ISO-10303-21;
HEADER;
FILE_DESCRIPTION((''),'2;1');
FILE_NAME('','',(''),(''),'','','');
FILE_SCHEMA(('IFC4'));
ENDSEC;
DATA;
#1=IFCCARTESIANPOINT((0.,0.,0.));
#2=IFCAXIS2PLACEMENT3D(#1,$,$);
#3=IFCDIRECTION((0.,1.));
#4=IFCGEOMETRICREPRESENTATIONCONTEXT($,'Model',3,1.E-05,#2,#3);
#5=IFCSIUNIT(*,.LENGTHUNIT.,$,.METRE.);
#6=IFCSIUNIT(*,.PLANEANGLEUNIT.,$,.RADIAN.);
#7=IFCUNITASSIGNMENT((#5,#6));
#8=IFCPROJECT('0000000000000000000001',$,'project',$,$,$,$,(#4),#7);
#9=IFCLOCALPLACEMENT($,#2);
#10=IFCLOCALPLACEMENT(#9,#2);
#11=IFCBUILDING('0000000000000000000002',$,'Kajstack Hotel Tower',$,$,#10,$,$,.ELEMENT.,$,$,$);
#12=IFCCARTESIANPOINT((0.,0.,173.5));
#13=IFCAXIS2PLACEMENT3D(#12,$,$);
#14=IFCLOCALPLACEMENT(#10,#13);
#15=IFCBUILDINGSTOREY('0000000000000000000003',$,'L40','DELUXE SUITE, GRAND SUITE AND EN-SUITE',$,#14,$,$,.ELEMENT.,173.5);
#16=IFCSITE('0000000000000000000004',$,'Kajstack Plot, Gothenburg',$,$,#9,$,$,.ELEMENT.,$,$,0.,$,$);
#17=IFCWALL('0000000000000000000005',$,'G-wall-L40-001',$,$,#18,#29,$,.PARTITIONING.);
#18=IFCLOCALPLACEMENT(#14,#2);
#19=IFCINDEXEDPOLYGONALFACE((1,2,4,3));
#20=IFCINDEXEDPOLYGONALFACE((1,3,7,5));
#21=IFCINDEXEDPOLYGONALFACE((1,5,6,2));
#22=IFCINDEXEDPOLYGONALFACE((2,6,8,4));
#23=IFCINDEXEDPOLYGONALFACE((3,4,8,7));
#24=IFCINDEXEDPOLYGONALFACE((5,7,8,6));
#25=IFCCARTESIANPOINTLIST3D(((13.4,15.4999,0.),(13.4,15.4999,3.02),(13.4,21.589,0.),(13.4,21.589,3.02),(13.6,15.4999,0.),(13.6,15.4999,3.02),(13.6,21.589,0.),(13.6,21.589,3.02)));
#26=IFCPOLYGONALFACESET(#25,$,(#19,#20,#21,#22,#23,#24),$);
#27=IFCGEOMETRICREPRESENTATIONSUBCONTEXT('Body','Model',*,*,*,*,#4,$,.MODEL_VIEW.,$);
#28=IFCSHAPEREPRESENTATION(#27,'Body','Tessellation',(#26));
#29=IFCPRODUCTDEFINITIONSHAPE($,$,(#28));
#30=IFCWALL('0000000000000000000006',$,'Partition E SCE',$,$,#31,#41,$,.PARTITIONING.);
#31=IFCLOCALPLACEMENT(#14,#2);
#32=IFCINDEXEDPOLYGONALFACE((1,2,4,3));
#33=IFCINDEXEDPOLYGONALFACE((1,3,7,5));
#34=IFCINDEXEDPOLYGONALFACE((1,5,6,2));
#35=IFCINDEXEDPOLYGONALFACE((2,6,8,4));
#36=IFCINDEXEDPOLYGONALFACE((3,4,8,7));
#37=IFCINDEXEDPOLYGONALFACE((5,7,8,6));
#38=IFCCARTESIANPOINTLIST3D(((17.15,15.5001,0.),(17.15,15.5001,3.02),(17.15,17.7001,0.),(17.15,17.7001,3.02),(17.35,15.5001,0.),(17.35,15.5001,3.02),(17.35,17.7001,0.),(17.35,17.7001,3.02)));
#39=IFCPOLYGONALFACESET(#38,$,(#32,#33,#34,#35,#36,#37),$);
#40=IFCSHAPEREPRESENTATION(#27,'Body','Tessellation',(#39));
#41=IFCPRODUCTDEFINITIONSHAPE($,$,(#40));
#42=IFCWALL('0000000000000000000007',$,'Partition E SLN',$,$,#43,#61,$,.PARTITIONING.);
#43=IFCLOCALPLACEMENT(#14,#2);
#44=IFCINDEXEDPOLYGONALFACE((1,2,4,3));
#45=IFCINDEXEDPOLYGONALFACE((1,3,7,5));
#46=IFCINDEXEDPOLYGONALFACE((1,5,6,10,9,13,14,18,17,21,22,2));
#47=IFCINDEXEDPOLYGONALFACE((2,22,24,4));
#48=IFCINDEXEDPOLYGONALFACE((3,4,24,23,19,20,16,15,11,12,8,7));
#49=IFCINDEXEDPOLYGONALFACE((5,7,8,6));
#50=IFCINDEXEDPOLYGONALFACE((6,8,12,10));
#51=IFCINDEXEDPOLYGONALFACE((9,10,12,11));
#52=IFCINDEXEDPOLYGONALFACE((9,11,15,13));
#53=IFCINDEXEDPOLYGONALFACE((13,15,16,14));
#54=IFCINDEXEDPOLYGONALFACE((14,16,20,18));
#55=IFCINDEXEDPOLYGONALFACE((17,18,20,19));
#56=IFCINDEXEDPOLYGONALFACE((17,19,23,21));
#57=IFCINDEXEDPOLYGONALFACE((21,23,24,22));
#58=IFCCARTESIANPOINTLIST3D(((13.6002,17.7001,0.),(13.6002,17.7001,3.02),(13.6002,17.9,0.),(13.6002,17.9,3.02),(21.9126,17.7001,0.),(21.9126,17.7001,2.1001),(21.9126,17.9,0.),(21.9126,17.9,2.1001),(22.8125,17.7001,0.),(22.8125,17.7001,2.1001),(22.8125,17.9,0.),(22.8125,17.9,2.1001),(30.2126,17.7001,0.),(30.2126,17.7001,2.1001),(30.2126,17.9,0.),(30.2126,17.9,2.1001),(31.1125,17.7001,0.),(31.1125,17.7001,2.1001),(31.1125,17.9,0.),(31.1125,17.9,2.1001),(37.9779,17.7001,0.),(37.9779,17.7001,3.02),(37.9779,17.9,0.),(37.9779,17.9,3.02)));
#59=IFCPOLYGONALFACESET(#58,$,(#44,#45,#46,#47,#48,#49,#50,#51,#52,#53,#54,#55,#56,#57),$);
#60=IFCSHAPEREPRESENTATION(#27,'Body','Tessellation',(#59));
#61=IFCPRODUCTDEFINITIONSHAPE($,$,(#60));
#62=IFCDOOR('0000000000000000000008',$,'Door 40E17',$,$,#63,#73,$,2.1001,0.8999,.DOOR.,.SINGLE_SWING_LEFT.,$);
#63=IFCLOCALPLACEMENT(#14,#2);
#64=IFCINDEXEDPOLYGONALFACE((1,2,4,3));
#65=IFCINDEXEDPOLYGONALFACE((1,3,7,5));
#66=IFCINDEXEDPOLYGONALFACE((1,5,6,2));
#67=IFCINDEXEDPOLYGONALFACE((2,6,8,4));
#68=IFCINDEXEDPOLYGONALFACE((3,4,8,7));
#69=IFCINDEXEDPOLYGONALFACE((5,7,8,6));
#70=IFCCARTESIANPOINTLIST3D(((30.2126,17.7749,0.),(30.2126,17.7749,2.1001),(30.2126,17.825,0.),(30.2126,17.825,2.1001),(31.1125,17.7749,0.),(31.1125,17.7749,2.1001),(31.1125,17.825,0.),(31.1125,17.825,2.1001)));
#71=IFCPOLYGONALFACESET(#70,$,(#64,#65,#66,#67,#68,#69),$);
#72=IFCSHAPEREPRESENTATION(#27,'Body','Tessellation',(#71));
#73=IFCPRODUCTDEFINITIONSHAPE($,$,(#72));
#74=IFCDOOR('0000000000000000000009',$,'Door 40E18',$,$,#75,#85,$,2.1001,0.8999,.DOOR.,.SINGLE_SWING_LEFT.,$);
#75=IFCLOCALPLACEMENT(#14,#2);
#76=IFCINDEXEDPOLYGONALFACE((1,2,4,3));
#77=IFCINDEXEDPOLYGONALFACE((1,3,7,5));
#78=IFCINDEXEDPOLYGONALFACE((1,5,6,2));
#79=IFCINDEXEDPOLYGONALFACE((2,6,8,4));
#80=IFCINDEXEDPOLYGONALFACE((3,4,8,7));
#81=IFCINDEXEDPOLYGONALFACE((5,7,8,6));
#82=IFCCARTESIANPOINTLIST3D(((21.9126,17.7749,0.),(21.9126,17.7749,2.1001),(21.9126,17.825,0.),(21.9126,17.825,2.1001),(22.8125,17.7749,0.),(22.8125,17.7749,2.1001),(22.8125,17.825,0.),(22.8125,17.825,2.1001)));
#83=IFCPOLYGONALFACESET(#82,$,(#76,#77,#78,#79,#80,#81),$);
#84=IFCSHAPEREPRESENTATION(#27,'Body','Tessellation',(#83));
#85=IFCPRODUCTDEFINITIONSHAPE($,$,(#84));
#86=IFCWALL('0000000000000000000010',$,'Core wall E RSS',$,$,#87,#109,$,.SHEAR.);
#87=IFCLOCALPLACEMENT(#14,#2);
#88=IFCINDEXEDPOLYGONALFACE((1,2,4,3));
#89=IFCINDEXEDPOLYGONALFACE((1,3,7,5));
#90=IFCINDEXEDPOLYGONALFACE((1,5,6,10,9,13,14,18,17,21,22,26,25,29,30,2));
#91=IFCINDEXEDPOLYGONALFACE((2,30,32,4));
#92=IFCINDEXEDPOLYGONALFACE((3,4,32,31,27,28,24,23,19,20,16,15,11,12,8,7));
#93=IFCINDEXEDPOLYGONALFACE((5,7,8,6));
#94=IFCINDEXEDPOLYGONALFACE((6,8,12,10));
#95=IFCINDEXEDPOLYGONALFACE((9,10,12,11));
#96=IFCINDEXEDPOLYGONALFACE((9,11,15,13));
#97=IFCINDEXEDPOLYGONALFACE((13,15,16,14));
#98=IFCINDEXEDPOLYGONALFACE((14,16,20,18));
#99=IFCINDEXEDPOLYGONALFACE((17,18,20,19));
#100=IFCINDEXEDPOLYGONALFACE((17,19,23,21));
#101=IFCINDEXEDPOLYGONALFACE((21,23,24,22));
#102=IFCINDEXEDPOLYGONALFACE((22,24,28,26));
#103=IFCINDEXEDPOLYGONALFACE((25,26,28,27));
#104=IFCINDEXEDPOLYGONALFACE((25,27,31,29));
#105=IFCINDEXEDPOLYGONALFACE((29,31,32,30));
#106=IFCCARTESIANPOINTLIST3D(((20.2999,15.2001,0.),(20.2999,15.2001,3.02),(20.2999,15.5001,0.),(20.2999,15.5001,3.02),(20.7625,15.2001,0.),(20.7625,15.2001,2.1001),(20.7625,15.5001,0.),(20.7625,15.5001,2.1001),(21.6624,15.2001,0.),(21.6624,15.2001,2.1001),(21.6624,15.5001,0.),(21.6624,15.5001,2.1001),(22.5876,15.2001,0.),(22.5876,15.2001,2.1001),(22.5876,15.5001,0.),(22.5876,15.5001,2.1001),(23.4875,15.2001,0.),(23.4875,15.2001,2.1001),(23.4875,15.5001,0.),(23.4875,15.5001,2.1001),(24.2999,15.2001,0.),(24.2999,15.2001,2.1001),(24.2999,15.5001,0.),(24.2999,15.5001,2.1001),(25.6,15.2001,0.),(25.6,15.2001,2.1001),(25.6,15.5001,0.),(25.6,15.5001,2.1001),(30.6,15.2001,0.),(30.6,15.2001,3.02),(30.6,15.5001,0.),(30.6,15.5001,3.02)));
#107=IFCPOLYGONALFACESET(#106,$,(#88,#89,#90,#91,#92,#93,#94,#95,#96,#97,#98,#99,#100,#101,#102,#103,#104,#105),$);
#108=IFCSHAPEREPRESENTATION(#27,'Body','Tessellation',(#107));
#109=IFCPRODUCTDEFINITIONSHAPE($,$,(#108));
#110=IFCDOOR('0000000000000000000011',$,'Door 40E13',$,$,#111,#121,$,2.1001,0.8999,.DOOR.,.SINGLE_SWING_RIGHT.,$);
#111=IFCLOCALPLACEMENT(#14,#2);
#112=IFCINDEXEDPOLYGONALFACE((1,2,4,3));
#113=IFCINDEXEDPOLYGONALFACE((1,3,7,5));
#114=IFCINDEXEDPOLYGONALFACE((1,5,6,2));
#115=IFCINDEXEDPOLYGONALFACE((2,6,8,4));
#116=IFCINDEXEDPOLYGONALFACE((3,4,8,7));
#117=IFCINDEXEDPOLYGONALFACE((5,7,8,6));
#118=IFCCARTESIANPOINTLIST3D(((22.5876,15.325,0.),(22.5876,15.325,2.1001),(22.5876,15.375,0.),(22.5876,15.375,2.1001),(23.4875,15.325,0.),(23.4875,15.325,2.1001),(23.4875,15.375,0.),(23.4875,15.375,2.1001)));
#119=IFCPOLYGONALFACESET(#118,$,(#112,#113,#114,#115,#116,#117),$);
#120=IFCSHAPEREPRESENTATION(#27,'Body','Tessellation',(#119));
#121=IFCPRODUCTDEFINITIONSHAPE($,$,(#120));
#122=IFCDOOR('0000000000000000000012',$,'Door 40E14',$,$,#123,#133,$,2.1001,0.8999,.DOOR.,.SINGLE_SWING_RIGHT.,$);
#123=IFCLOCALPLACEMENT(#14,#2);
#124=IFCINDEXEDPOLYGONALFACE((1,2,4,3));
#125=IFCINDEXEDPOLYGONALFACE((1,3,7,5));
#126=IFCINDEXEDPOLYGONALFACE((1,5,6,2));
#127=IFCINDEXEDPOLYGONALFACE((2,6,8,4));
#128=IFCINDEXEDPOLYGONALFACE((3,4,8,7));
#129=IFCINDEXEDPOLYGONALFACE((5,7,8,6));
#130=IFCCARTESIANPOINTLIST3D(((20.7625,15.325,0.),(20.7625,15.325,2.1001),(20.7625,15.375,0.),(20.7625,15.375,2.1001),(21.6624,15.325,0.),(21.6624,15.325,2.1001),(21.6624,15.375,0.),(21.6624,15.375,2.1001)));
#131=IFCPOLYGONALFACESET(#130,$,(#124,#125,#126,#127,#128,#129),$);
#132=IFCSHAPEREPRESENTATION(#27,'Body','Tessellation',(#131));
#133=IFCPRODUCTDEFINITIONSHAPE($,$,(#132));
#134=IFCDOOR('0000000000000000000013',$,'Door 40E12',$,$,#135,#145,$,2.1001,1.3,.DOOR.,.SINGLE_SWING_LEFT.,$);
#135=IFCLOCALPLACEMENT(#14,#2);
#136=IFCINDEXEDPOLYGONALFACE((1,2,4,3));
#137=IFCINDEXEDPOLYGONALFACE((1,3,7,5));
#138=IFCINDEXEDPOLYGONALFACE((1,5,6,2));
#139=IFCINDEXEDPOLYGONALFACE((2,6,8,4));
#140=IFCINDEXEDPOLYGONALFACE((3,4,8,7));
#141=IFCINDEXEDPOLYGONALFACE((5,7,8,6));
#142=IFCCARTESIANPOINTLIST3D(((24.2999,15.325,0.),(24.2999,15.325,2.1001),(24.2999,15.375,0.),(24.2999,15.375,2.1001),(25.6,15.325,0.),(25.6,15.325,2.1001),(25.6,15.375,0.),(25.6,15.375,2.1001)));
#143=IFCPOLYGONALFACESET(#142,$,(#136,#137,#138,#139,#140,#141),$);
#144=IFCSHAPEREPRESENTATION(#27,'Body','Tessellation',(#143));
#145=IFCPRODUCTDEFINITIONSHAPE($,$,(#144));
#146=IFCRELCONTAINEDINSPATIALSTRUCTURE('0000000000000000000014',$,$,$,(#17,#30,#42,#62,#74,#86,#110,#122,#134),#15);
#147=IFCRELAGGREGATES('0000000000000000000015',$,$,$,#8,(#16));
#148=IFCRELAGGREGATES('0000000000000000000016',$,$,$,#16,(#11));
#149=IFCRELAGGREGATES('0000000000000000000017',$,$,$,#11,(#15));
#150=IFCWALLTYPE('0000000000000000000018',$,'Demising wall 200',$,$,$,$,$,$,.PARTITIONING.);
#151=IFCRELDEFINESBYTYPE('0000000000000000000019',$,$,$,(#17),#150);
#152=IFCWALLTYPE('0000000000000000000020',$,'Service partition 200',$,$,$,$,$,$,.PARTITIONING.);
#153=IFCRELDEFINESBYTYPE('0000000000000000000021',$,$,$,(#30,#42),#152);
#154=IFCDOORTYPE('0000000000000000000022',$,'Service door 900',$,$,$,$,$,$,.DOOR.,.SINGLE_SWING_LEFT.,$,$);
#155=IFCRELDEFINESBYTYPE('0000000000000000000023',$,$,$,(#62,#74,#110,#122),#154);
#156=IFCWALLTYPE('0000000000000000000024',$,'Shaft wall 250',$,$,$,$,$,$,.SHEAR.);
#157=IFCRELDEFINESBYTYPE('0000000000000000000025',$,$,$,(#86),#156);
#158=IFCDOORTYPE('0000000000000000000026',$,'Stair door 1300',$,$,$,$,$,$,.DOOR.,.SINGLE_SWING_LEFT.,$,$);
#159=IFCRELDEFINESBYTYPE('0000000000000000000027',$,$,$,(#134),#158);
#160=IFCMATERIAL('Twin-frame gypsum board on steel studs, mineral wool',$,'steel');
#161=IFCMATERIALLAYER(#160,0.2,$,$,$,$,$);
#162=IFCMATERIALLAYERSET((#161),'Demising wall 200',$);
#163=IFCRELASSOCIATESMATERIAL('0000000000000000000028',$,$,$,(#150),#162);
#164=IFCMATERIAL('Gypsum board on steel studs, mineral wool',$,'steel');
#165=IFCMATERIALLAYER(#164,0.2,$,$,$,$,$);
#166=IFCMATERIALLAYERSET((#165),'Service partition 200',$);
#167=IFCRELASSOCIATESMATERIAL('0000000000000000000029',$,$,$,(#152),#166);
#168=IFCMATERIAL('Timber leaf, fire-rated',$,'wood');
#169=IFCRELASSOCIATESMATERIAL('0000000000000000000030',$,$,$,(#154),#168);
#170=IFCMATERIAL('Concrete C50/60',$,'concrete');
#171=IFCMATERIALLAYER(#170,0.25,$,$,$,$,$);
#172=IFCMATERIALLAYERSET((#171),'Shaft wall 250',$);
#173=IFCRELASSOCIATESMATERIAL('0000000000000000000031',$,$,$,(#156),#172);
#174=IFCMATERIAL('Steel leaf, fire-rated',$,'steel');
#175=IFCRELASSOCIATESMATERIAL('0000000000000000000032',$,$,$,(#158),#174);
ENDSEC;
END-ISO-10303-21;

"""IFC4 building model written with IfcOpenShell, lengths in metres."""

from ifc_helpers import new_model, si_unit, direction, frame, frame_2d, origin, place, context, subcontext, project, spatial, rectangle, extrude, material, layer, layer_set, type_object, element, fill, save


model = new_model("IFC4")

# Units and contexts
model_context = context("Model", 3, precision=1e-05, world=origin(), true_north=direction((0.0, 1.0)))
body_context = subcontext(model_context, "Body", "Model", "MODEL_VIEW")
ifc_project = project(units=[si_unit("LENGTHUNIT", "METRE"), si_unit("PLANEANGLEUNIT", "RADIAN")], contexts=[model_context])

# Site, building, storey
site_placement = place(None, origin())
site = spatial("IfcSite", under=ifc_project, at=site_placement, Name="Kajstack Plot, Gothenburg", CompositionType="ELEMENT", RefElevation=0.0)
building_placement = place(site_placement, origin())
building = spatial("IfcBuilding", under=site, at=building_placement, Name="Kajstack Hotel Tower", CompositionType="ELEMENT")
storey_placement = place(building_placement, frame((0.0, 0.0, 173.5)))
storey = spatial("IfcBuildingStorey", under=building, at=storey_placement, Name="L40", Description="DELUXE SUITE, GRAND SUITE AND EN-SUITE", CompositionType="ELEMENT", Elevation=173.5)

# Wall
ifc_material_1 = material(Name="Twin-frame gypsum board on steel studs, mineral wool", Category="steel")
ifc_layer_1 = layer(ifc_material_1, 0.2)
ifc_layer_set_1 = layer_set([ifc_layer_1], Name="Demising wall 200")
wall_type_1 = type_object("IfcWallType", Name="Demising wall 200", PredefinedType="PARTITIONING", material=ifc_layer_set_1)
wall_1_placement = place(storey_placement, frame((13.5, 15.5, 0.0), z_axis=(0.0, 0.0, 1.0), x_axis=(0.0, 1.0, 0.0)))
element("IfcWall", 1, at=wall_1_placement, inside=storey, type_object=wall_type_1, Name="G-wall-L40-001", PredefinedType="PARTITIONING", context=body_context, shape_type="SweptSolid", body=[
    extrude(rectangle(XDim=6.0891, YDim=0.2, at=frame_2d((3.0444, 0.0))), origin(), (0.0, 0.0, 1.0), 3.02),
])

# Wall
ifc_material_2 = material(Name="Gypsum board on steel studs, mineral wool", Category="steel")
ifc_layer_2 = layer(ifc_material_2, 0.2)
ifc_layer_set_2 = layer_set([ifc_layer_2], Name="Service partition 200")
wall_type_2 = type_object("IfcWallType", Name="Service partition 200", PredefinedType="PARTITIONING", material=ifc_layer_set_2)
wall_2_placement = place(storey_placement, frame((17.25, 15.5, 0.0), z_axis=(0.0, 0.0, 1.0), x_axis=(0.0, 1.0, 0.0)))
element("IfcWall", 2, at=wall_2_placement, inside=storey, type_object=wall_type_2, Name="Partition E SCE", PredefinedType="PARTITIONING", context=body_context, shape_type="SweptSolid", body=[
    extrude(rectangle(XDim=2.2, YDim=0.2, at=frame_2d((1.1001, 0.0))), origin(), (0.0, 0.0, 1.0), 3.02),
])

# Walls, openings, doors
wall_3_placement = place(storey_placement, frame((13.6001, 17.8, 0.0), z_axis=(0.0, 0.0, 1.0), x_axis=(1.0, 0.0, 0.0)))
wall_3 = element("IfcWall", 3, at=wall_3_placement, inside=storey, type_object=wall_type_2, Name="Partition E SLN", PredefinedType="PARTITIONING", context=body_context, shape_type="SweptSolid", body=[
    extrude(rectangle(XDim=24.3777, YDim=0.2, at=frame_2d((12.189, 0.0))), origin(), (0.0, 0.0, 1.0), 3.02),
])
opening_1_placement = place(wall_3_placement, frame((16.6125, 0.0, 0.0)))
opening_1 = element("IfcOpeningElement", 4, at=opening_1_placement, cuts=wall_3, PredefinedType="OPENING", context=body_context, shape_type="SweptSolid", body=[
    extrude(rectangle(XDim=0.8999, YDim=2.1001, at=frame_2d((0.45, 1.05))), frame((0.0, 0.1099, 0.0), z_axis=(0.0, -1.0, 0.0), x_axis=(1.0, 0.0, 0.0)), (0.0, 0.0, 1.0), 0.22),
])
opening_2_placement = place(wall_3_placement, frame((8.3125, 0.0, 0.0)))
opening_2 = element("IfcOpeningElement", 5, at=opening_2_placement, cuts=wall_3, PredefinedType="OPENING", context=body_context, shape_type="SweptSolid", body=[
    extrude(rectangle(XDim=0.8999, YDim=2.1001, at=frame_2d((0.45, 1.05))), frame((0.0, 0.1099, 0.0), z_axis=(0.0, -1.0, 0.0), x_axis=(1.0, 0.0, 0.0)), (0.0, 0.0, 1.0), 0.22),
])
ifc_material_3 = material(Name="Timber leaf, fire-rated", Category="wood")
door_type_1 = type_object("IfcDoorType", Name="Service door 900", OperationType="SINGLE_SWING_LEFT", PredefinedType="DOOR", material=ifc_material_3)
door_1_placement = place(opening_1_placement, origin())
door_1 = element("IfcDoor", 6, at=door_1_placement, inside=storey, type_object=door_type_1, Name="Door 40E17", OperationType="SINGLE_SWING_LEFT", OverallHeight=2.1001, OverallWidth=0.8999, PredefinedType="DOOR", context=body_context, shape_type="SweptSolid", body=[
    extrude(rectangle(XDim=0.8999, YDim=2.1001, at=frame_2d((0.45, 1.05))), frame((0.0, 0.0249, 0.0), z_axis=(0.0, -1.0, 0.0), x_axis=(1.0, 0.0, 0.0)), (0.0, 0.0, 1.0), 0.05),
])
fill(opening_1, door_1)
door_2_placement = place(opening_2_placement, origin())
door_2 = element("IfcDoor", 7, at=door_2_placement, inside=storey, type_object=door_type_1, Name="Door 40E18", OperationType="SINGLE_SWING_LEFT", OverallHeight=2.1001, OverallWidth=0.8999, PredefinedType="DOOR", context=body_context, shape_type="SweptSolid", body=[
    extrude(rectangle(XDim=0.8999, YDim=2.1001, at=frame_2d((0.45, 1.05))), frame((0.0, 0.0249, 0.0), z_axis=(0.0, -1.0, 0.0), x_axis=(1.0, 0.0, 0.0)), (0.0, 0.0, 1.0), 0.05),
])
fill(opening_2, door_2)
ifc_material_4 = material(Name="Concrete C50/60", Category="concrete")
ifc_layer_3 = layer(ifc_material_4, 0.25)
ifc_layer_set_3 = layer_set([ifc_layer_3], Name="Shaft wall 250")
wall_type_3 = type_object("IfcWallType", Name="Shaft wall 250", PredefinedType="SHEAR", material=ifc_layer_set_3)
wall_4_placement = place(storey_placement, frame((20.3, 15.3501, 0.0), z_axis=(0.0, 0.0, 1.0), x_axis=(1.0, 0.0, 0.0)))
wall_4 = element("IfcWall", 8, at=wall_4_placement, inside=storey, type_object=wall_type_3, Name="Core wall E RSS", PredefinedType="SHEAR", context=body_context, shape_type="SweptSolid", body=[
    extrude(rectangle(XDim=10.3, YDim=0.3, at=frame_2d((5.1499, 0.0))), origin(), (0.0, 0.0, 1.0), 3.02),
])
opening_3_placement = place(wall_4_placement, frame((4.0, 0.0, 0.0)))
opening_3 = element("IfcOpeningElement", 9, at=opening_3_placement, cuts=wall_4, PredefinedType="OPENING", context=body_context, shape_type="SweptSolid", body=[
    extrude(rectangle(XDim=1.3, YDim=2.1001, at=frame_2d((0.6499, 1.05))), frame((0.0, 0.1599, 0.0), z_axis=(0.0, -1.0, 0.0), x_axis=(1.0, 0.0, 0.0)), (0.0, 0.0, 1.0), 0.3201),
])
opening_4_placement = place(wall_4_placement, frame((2.2876, 0.0, 0.0)))
opening_4 = element("IfcOpeningElement", 10, at=opening_4_placement, cuts=wall_4, PredefinedType="OPENING", context=body_context, shape_type="SweptSolid", body=[
    extrude(rectangle(XDim=0.8999, YDim=2.1001, at=frame_2d((0.45, 1.05))), frame((0.0, 0.1599, 0.0), z_axis=(0.0, -1.0, 0.0), x_axis=(1.0, 0.0, 0.0)), (0.0, 0.0, 1.0), 0.3201),
])
opening_5_placement = place(wall_4_placement, frame((0.4624, 0.0, 0.0)))
opening_5 = element("IfcOpeningElement", 11, at=opening_5_placement, cuts=wall_4, PredefinedType="OPENING", context=body_context, shape_type="SweptSolid", body=[
    extrude(rectangle(XDim=0.8999, YDim=2.1001, at=frame_2d((0.45, 1.05))), frame((0.0, 0.1599, 0.0), z_axis=(0.0, -1.0, 0.0), x_axis=(1.0, 0.0, 0.0)), (0.0, 0.0, 1.0), 0.3201),
])
door_3_placement = place(opening_4_placement, origin())
door_3 = element("IfcDoor", 12, at=door_3_placement, inside=storey, type_object=door_type_1, Name="Door 40E13", OperationType="SINGLE_SWING_RIGHT", OverallHeight=2.1001, OverallWidth=0.8999, PredefinedType="DOOR", context=body_context, shape_type="SweptSolid", body=[
    extrude(rectangle(XDim=0.8999, YDim=2.1001, at=frame_2d((0.45, 1.05))), frame((0.0, 0.0249, 0.0), z_axis=(0.0, -1.0, 0.0), x_axis=(1.0, 0.0, 0.0)), (0.0, 0.0, 1.0), 0.05),
])
fill(opening_4, door_3)
door_4_placement = place(opening_5_placement, origin())
door_4 = element("IfcDoor", 13, at=door_4_placement, inside=storey, type_object=door_type_1, Name="Door 40E14", OperationType="SINGLE_SWING_RIGHT", OverallHeight=2.1001, OverallWidth=0.8999, PredefinedType="DOOR", context=body_context, shape_type="SweptSolid", body=[
    extrude(rectangle(XDim=0.8999, YDim=2.1001, at=frame_2d((0.45, 1.05))), frame((0.0, 0.0249, 0.0), z_axis=(0.0, -1.0, 0.0), x_axis=(1.0, 0.0, 0.0)), (0.0, 0.0, 1.0), 0.05),
])
fill(opening_5, door_4)
ifc_material_5 = material(Name="Steel leaf, fire-rated", Category="steel")
door_type_2 = type_object("IfcDoorType", Name="Stair door 1300", OperationType="SINGLE_SWING_LEFT", PredefinedType="DOOR", material=ifc_material_5)
door_5_placement = place(opening_3_placement, origin())
door_5 = element("IfcDoor", 14, at=door_5_placement, inside=storey, type_object=door_type_2, Name="Door 40E12", OperationType="SINGLE_SWING_LEFT", OverallHeight=2.1001, OverallWidth=1.3, PredefinedType="DOOR", context=body_context, shape_type="SweptSolid", body=[
    extrude(rectangle(XDim=1.3, YDim=2.1001, at=frame_2d((0.6499, 1.05))), frame((0.0, 0.0249, 0.0), z_axis=(0.0, -1.0, 0.0), x_axis=(1.0, 0.0, 0.0)), (0.0, 0.0, 1.0), 0.05),
])
fill(opening_3, door_5)

save(model, "model.ifc")
